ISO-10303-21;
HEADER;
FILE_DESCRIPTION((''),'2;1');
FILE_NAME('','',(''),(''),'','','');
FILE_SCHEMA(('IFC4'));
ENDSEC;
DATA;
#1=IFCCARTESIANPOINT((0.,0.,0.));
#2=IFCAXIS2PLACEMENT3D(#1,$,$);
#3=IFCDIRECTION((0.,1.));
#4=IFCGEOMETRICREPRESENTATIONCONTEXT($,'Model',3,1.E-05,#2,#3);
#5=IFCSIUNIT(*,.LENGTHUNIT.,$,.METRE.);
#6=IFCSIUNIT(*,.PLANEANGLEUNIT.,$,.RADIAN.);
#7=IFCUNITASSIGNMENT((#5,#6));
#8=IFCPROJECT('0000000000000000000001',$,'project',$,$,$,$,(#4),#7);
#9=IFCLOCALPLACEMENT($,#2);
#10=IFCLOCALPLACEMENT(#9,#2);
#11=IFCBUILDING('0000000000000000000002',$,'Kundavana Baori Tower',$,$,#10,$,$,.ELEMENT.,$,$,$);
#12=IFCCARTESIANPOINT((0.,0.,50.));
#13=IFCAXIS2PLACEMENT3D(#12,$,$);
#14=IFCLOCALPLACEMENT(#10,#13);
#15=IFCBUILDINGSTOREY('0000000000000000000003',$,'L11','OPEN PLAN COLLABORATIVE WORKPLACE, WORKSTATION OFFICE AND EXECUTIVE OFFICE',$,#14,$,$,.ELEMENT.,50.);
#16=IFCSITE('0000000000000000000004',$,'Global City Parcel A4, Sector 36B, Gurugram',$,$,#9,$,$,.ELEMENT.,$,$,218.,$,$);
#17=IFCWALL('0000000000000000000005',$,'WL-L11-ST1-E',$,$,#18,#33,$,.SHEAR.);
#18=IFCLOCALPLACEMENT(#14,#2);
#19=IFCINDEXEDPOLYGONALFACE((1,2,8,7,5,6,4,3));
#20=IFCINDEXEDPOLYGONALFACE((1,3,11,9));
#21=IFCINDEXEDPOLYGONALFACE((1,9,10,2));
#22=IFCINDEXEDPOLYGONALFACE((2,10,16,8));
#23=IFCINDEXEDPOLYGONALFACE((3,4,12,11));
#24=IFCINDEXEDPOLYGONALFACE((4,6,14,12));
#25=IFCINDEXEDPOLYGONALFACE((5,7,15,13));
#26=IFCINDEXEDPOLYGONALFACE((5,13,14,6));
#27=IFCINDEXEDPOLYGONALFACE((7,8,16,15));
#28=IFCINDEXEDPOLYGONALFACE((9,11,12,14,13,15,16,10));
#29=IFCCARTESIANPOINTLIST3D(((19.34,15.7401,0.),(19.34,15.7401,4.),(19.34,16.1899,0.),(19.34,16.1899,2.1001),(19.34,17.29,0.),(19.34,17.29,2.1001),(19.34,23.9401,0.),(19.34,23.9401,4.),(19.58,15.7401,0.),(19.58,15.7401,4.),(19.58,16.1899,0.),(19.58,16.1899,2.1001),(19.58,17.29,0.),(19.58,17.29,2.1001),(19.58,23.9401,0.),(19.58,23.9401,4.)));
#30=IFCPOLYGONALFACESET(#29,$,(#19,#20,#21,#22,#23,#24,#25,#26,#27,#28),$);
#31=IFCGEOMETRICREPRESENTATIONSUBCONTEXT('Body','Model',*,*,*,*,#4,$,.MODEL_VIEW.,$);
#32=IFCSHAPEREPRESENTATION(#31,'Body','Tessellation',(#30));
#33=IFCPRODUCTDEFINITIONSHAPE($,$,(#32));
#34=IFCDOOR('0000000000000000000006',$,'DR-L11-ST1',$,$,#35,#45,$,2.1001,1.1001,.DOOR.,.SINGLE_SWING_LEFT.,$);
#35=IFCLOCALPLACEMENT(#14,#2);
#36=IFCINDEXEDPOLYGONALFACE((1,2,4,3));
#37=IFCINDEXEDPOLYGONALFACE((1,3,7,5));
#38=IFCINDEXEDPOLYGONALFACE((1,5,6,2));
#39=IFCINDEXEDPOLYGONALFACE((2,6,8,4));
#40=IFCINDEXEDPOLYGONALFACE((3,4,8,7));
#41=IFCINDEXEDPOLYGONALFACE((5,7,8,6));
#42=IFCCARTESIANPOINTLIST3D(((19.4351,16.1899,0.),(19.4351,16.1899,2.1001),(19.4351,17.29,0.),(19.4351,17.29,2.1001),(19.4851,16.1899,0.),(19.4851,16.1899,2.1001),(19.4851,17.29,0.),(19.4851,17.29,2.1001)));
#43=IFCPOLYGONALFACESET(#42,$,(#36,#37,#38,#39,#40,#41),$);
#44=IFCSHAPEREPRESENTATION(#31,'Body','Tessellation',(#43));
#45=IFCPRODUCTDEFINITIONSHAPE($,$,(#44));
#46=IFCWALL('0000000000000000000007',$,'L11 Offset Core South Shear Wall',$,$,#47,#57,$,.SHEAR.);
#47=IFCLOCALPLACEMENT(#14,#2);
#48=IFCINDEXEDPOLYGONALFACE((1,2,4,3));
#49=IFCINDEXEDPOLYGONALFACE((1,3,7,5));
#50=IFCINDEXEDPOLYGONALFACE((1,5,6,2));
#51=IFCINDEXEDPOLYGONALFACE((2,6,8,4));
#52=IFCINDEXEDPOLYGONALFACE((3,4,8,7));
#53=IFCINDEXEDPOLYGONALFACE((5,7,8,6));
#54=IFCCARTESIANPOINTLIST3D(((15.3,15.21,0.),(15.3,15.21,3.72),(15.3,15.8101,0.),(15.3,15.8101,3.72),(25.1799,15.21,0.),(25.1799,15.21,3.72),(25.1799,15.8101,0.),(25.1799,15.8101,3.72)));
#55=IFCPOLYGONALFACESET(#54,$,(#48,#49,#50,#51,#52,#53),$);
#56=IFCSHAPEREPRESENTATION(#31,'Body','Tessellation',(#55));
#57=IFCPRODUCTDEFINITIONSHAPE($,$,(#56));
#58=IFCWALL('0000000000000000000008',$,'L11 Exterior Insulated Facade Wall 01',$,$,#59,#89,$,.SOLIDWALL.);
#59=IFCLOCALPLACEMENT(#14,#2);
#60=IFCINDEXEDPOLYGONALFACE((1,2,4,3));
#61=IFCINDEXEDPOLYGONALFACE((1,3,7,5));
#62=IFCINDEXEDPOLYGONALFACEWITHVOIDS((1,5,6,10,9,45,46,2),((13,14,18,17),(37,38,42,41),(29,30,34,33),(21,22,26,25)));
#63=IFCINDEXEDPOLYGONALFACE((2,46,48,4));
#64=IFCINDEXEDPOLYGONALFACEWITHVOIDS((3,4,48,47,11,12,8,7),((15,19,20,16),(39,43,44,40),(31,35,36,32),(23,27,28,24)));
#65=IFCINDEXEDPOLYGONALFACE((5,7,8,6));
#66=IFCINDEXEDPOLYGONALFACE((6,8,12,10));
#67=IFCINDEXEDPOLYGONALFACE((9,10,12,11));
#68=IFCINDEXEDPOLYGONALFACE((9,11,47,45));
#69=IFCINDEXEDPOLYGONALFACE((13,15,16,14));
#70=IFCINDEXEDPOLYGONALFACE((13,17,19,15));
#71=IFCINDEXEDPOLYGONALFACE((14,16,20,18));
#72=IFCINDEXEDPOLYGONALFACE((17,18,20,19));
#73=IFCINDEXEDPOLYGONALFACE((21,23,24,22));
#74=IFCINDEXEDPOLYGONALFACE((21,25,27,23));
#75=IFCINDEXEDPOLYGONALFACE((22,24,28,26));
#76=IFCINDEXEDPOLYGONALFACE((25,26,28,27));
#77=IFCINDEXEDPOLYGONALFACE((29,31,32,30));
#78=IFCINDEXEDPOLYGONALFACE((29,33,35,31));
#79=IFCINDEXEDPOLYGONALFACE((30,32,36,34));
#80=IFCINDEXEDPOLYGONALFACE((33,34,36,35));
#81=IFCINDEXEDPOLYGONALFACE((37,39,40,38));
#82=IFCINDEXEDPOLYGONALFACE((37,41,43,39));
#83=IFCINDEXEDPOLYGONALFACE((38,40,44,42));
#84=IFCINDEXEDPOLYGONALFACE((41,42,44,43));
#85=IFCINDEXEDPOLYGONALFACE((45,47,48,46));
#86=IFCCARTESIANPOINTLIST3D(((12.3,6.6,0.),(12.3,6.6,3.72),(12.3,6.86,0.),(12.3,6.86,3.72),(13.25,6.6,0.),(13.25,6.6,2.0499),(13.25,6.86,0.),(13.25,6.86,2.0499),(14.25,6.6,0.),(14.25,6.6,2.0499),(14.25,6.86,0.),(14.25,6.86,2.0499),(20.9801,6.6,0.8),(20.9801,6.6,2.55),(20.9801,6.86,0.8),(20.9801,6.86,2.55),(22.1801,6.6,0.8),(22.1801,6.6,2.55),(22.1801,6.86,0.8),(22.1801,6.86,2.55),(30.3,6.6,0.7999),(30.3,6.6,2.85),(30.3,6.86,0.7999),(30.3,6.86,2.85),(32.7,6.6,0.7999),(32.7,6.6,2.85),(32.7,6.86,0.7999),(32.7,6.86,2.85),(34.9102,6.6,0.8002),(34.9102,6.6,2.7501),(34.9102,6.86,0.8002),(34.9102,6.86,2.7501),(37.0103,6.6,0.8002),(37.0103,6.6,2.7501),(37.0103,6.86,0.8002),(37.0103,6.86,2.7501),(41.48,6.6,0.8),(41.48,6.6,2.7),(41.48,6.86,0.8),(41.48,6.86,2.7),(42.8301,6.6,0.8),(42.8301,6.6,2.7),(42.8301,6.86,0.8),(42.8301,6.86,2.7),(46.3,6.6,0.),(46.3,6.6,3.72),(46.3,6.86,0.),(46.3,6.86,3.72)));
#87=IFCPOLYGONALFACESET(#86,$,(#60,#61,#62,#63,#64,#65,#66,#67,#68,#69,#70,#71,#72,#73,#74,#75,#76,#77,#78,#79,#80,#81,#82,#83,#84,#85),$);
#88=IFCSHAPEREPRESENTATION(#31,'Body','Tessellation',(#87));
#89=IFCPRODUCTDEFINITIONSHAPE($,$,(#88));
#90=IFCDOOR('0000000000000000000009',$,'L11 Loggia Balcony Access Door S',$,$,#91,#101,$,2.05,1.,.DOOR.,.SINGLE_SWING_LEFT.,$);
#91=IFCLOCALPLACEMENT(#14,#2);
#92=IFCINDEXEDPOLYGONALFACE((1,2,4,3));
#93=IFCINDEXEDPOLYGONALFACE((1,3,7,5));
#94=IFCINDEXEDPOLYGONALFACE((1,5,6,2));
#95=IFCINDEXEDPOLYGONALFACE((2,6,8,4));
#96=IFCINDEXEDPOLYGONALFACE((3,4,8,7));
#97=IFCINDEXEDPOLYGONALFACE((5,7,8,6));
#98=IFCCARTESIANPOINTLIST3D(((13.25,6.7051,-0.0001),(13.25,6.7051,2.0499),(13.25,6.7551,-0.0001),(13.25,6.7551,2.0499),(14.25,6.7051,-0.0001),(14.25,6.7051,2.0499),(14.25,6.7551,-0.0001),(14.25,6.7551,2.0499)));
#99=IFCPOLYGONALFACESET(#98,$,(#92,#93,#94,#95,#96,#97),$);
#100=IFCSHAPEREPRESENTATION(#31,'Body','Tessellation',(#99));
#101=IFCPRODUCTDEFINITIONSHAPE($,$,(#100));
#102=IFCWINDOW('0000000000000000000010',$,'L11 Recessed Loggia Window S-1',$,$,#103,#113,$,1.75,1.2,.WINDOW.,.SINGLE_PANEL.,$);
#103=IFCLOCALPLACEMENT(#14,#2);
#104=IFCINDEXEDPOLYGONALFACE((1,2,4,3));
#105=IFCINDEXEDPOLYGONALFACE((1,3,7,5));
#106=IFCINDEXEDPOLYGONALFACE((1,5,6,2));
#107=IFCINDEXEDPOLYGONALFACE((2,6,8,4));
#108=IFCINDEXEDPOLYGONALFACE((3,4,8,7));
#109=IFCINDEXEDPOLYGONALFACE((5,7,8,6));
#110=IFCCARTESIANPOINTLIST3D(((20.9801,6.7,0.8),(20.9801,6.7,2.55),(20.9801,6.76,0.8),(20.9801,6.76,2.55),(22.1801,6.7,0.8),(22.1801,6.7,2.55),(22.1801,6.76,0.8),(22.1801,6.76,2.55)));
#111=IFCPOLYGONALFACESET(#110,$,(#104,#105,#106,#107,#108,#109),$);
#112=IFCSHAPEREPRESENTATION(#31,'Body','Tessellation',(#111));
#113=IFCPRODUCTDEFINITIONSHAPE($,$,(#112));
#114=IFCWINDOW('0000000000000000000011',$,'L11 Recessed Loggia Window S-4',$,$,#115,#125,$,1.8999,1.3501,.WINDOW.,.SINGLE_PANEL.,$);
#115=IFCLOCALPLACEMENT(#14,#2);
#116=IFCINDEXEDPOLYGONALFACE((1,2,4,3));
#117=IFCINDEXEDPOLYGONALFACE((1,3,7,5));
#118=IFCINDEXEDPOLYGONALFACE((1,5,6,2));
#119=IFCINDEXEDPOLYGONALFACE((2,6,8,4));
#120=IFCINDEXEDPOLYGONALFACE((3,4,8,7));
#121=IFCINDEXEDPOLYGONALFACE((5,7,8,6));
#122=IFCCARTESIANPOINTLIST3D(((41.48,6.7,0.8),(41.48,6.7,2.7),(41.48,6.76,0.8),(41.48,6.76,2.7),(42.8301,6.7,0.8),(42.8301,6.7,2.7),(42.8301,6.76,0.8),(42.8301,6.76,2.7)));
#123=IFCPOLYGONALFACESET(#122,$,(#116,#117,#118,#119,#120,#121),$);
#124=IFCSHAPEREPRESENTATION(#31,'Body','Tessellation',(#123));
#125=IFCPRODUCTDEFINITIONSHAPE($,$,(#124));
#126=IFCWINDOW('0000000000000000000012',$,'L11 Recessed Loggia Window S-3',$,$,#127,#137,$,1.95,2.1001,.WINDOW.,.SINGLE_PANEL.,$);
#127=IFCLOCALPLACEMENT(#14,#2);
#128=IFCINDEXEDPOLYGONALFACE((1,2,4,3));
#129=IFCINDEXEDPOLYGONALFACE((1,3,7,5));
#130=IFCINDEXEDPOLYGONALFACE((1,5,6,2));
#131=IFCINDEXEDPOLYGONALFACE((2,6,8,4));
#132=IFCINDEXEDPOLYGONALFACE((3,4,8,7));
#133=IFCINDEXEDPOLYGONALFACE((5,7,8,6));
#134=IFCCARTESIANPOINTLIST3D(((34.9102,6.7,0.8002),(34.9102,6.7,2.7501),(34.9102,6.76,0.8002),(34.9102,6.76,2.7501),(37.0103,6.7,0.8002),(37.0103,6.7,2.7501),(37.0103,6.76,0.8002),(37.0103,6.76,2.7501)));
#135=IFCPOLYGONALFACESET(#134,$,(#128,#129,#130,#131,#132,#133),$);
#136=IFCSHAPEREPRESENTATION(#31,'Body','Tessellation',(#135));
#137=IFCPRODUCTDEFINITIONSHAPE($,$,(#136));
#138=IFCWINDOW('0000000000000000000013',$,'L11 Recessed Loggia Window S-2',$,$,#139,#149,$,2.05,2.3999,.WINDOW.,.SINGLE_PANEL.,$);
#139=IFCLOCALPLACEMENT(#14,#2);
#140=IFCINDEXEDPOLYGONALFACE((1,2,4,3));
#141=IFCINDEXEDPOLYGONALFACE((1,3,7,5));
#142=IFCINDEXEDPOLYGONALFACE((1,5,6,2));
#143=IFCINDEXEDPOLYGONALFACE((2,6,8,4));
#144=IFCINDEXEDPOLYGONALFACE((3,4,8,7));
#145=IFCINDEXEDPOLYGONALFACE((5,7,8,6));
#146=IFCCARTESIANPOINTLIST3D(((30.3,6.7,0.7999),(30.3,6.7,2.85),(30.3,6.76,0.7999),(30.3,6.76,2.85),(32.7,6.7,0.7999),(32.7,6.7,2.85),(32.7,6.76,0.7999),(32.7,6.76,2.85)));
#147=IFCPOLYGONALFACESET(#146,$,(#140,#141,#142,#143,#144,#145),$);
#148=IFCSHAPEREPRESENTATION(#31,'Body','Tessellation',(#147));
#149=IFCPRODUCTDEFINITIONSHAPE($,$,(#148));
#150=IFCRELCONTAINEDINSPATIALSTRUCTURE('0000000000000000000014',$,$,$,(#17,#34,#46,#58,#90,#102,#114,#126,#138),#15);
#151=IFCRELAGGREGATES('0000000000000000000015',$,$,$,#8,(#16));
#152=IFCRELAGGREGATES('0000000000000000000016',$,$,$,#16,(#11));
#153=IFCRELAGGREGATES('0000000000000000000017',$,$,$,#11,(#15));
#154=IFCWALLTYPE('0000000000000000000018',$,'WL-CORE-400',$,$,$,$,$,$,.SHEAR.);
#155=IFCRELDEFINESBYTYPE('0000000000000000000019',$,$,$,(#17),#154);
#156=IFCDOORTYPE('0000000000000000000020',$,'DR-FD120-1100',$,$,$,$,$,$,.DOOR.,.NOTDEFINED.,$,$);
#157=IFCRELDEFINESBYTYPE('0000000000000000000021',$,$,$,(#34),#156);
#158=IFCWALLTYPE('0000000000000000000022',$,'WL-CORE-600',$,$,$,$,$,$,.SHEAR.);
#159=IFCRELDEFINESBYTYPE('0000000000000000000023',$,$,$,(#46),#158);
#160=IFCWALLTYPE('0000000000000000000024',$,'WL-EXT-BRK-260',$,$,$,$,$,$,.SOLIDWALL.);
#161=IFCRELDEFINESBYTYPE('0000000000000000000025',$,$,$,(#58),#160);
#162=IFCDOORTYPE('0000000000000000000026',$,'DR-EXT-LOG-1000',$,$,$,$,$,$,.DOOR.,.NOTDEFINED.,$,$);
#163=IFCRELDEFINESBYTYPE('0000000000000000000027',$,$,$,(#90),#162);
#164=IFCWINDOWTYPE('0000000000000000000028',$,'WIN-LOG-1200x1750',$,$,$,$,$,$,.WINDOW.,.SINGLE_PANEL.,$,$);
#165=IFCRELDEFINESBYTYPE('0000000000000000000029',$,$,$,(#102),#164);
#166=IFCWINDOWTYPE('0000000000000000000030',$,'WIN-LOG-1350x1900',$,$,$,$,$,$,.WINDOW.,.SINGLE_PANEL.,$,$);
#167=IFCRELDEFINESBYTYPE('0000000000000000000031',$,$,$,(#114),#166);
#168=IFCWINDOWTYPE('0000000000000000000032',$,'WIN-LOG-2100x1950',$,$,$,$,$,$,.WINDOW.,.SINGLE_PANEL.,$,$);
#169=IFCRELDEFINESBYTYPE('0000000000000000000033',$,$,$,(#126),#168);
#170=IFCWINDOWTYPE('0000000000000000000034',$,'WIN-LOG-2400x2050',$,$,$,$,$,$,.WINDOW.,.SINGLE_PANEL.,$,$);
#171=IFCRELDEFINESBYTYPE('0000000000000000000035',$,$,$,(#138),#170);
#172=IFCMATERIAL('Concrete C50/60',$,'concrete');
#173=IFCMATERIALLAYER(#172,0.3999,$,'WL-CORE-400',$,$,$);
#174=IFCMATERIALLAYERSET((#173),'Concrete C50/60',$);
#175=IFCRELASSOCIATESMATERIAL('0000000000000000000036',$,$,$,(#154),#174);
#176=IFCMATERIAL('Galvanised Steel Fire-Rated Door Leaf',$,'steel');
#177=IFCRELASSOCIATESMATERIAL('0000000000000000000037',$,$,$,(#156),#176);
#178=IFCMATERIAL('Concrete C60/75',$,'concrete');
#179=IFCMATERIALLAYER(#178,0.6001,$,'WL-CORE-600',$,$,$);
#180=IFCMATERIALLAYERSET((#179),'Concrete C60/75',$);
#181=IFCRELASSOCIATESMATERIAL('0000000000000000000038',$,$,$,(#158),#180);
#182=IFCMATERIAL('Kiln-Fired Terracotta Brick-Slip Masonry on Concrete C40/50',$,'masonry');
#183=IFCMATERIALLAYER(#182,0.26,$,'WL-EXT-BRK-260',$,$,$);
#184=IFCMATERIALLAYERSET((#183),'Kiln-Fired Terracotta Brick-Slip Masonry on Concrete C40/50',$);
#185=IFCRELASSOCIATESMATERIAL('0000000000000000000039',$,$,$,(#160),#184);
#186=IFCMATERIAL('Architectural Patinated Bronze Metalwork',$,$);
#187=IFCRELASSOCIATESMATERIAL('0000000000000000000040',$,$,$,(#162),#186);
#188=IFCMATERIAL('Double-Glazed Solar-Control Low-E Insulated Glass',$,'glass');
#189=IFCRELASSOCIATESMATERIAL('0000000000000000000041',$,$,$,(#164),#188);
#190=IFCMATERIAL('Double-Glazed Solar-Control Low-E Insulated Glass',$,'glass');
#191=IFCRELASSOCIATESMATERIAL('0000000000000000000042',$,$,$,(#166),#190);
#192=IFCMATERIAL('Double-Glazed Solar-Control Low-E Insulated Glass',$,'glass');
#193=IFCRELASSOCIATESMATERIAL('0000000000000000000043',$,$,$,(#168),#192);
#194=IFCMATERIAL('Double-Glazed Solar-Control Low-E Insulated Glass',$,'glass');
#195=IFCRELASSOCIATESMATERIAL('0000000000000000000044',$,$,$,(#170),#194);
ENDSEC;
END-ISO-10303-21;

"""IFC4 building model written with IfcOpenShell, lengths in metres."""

from ifc_helpers import new_model, si_unit, direction, frame, frame_2d, origin, place, context, subcontext, project, spatial, rectangle, extrude, material, layer, layer_set, type_object, element, fill, save


model = new_model("IFC4")

# Units and contexts
model_context = context("Model", 3, precision=1e-05, world=origin(), true_north=direction((0.0, 1.0)))
body_context = subcontext(model_context, "Body", "Model", "MODEL_VIEW")
ifc_project = project(units=[si_unit("LENGTHUNIT", "METRE"), si_unit("PLANEANGLEUNIT", "RADIAN")], contexts=[model_context])

# Site, building, storey
site_placement = place(None, origin())
site = spatial("IfcSite", under=ifc_project, at=site_placement, Name="Global City Parcel A4, Sector 36B, Gurugram", CompositionType="ELEMENT", RefElevation=218.0)
building_placement = place(site_placement, origin())
building = spatial("IfcBuilding", under=site, at=building_placement, Name="Kundavana Baori Tower", CompositionType="ELEMENT")
storey_placement = place(building_placement, frame((0.0, 0.0, 50.0)))
storey = spatial("IfcBuildingStorey", under=building, at=storey_placement, Name="L11", Description="OPEN PLAN COLLABORATIVE WORKPLACE, WORKSTATION OFFICE AND EXECUTIVE OFFICE", CompositionType="ELEMENT", Elevation=50.0)

# Wall, opening, door
ifc_material_1 = material(Name="Concrete C50/60", Category="concrete")
ifc_layer_1 = layer(ifc_material_1, 0.3999, Name="WL-CORE-400")
ifc_layer_set_1 = layer_set([ifc_layer_1], Name="Concrete C50/60")
wall_type_1 = type_object("IfcWallType", Name="WL-CORE-400", PredefinedType="SHEAR", material=ifc_layer_set_1)
wall_1_placement = place(storey_placement, frame((19.46, 15.74, 0.0), z_axis=(0.0, 0.0, 1.0), x_axis=(0.0, 1.0, 0.0)))
wall_1 = element("IfcWall", 1, at=wall_1_placement, inside=storey, type_object=wall_type_1, Name="WL-L11-ST1-E", PredefinedType="SHEAR", context=body_context, shape_type="SweptSolid", body=[
    extrude(rectangle(XDim=8.2, YDim=0.24, at=frame_2d((4.1001, 0.0))), origin(), (0.0, 0.0, 1.0), 4.0),
])
opening_1_placement = place(wall_1_placement, frame((0.45, 0.0, 0.0)))
opening_1 = element("IfcOpeningElement", 2, at=opening_1_placement, cuts=wall_1, PredefinedType="OPENING", context=body_context, shape_type="SweptSolid", body=[
    extrude(rectangle(XDim=1.1001, YDim=2.1001, at=frame_2d((0.55, 1.05))), frame((0.0, 0.1299, 0.0), z_axis=(0.0, -1.0, 0.0), x_axis=(1.0, 0.0, 0.0)), (0.0, 0.0, 1.0), 0.26),
])
ifc_material_2 = material(Name="Galvanised Steel Fire-Rated Door Leaf", Category="steel")
door_type_1 = type_object("IfcDoorType", Name="DR-FD120-1100", OperationType="NOTDEFINED", PredefinedType="DOOR", material=ifc_material_2)
door_1_placement = place(opening_1_placement, origin())
door_1 = element("IfcDoor", 3, at=door_1_placement, inside=storey, type_object=door_type_1, Name="DR-L11-ST1", OperationType="SINGLE_SWING_LEFT", OverallHeight=2.1001, OverallWidth=1.1001, PredefinedType="DOOR", context=body_context, shape_type="SweptSolid", body=[
    extrude(rectangle(XDim=1.1001, YDim=2.1001, at=frame_2d((0.55, 1.05))), frame((0.0, 0.0249, 0.0), z_axis=(0.0, -1.0, 0.0), x_axis=(1.0, 0.0, 0.0)), (0.0, 0.0, 1.0), 0.05),
])
fill(opening_1, door_1)

# Wall
ifc_material_3 = material(Name="Concrete C60/75", Category="concrete")
ifc_layer_2 = layer(ifc_material_3, 0.6001, Name="WL-CORE-600")
ifc_layer_set_2 = layer_set([ifc_layer_2], Name="Concrete C60/75")
wall_type_2 = type_object("IfcWallType", Name="WL-CORE-600", PredefinedType="SHEAR", material=ifc_layer_set_2)
wall_2_placement = place(storey_placement, frame((15.3, 15.51, 0.0), z_axis=(0.0, 0.0, 1.0), x_axis=(1.0, 0.0, 0.0)))
element("IfcWall", 4, at=wall_2_placement, inside=storey, type_object=wall_type_2, Name="L11 Offset Core South Shear Wall", PredefinedType="SHEAR", context=body_context, shape_type="SweptSolid", body=[
    extrude(rectangle(XDim=9.8799, YDim=0.6001, at=frame_2d((4.9399, 0.0))), origin(), (0.0, 0.0, 1.0), 3.72),
])

# Wall, openings, door, windows
ifc_material_4 = material(Name="Kiln-Fired Terracotta Brick-Slip Masonry on Concrete C40/50", Category="masonry")
ifc_layer_3 = layer(ifc_material_4, 0.26, Name="WL-EXT-BRK-260")
ifc_layer_set_3 = layer_set([ifc_layer_3], Name="Kiln-Fired Terracotta Brick-Slip Masonry on Concrete C40/50")
wall_type_3 = type_object("IfcWallType", Name="WL-EXT-BRK-260", PredefinedType="SOLIDWALL", material=ifc_layer_set_3)
wall_3_placement = place(storey_placement, frame((12.3, 6.73, 0.0), z_axis=(0.0, 0.0, 1.0), x_axis=(1.0, 0.0, 0.0)))
wall_3 = element("IfcWall", 5, at=wall_3_placement, inside=storey, type_object=wall_type_3, Name="L11 Exterior Insulated Facade Wall 01", PredefinedType="SOLIDWALL", context=body_context, shape_type="SweptSolid", body=[
    extrude(rectangle(XDim=34.0, YDim=0.26, at=frame_2d((17.0, 0.0))), origin(), (0.0, 0.0, 1.0), 3.72),
])
opening_2_placement = place(wall_3_placement, frame((0.95, 0.0, 0.0)))
opening_2 = element("IfcOpeningElement", 6, at=opening_2_placement, cuts=wall_3, PredefinedType="OPENING", context=body_context, shape_type="SweptSolid", body=[
    extrude(rectangle(XDim=1.0, YDim=2.05, at=frame_2d((0.5, 1.0249))), frame((0.0, 0.1401, 0.0), z_axis=(0.0, -1.0, 0.0), x_axis=(1.0, 0.0, 0.0)), (0.0, 0.0, 1.0), 0.28),
])
opening_3_placement = place(wall_3_placement, frame((8.6799, 0.0, 0.8)))
opening_3 = element("IfcOpeningElement", 7, at=opening_3_placement, cuts=wall_3, PredefinedType="OPENING", context=body_context, shape_type="SweptSolid", body=[
    extrude(rectangle(XDim=1.2, YDim=1.75, at=frame_2d((0.6001, 0.875))), frame((0.0, 0.1401, 0.0), z_axis=(0.0, -1.0, 0.0), x_axis=(1.0, 0.0, 0.0)), (0.0, 0.0, 1.0), 0.28),
])
opening_4_placement = place(wall_3_placement, frame((18.0, 0.0, 0.8)))
opening_4 = element("IfcOpeningElement", 8, at=opening_4_placement, cuts=wall_3, PredefinedType="OPENING", context=body_context, shape_type="SweptSolid", body=[
    extrude(rectangle(XDim=2.3999, YDim=2.05, at=frame_2d((1.2, 1.0249))), frame((0.0, 0.1401, 0.0), z_axis=(0.0, -1.0, 0.0), x_axis=(1.0, 0.0, 0.0)), (0.0, 0.0, 1.0), 0.28),
])
opening_5_placement = place(wall_3_placement, frame((22.6101, 0.0, 0.8)))
opening_5 = element("IfcOpeningElement", 9, at=opening_5_placement, cuts=wall_3, PredefinedType="OPENING", context=body_context, shape_type="SweptSolid", body=[
    extrude(rectangle(XDim=2.1001, YDim=1.95, at=frame_2d((1.05, 0.9751))), frame((0.0, 0.1401, 0.0), z_axis=(0.0, -1.0, 0.0), x_axis=(1.0, 0.0, 0.0)), (0.0, 0.0, 1.0), 0.28),
])
opening_6_placement = place(wall_3_placement, frame((29.1799, 0.0, 0.8)))
opening_6 = element("IfcOpeningElement", 10, at=opening_6_placement, cuts=wall_3, PredefinedType="OPENING", context=body_context, shape_type="SweptSolid", body=[
    extrude(rectangle(XDim=1.3501, YDim=1.8999, at=frame_2d((0.675, 0.95))), frame((0.0, 0.1401, 0.0), z_axis=(0.0, -1.0, 0.0), x_axis=(1.0, 0.0, 0.0)), (0.0, 0.0, 1.0), 0.28),
])
ifc_material_5 = material(Name="Architectural Patinated Bronze Metalwork")
door_type_2 = type_object("IfcDoorType", Name="DR-EXT-LOG-1000", OperationType="NOTDEFINED", PredefinedType="DOOR", material=ifc_material_5)
door_2_placement = place(opening_2_placement, frame((1.0, 0.0, 0.0), z_axis=(0.0, 0.0, 1.0), x_axis=(-1.0, 0.0, 0.0)))
door_2 = element("IfcDoor", 11, at=door_2_placement, inside=storey, type_object=door_type_2, Name="L11 Loggia Balcony Access Door S", OperationType="SINGLE_SWING_LEFT", OverallHeight=2.05, OverallWidth=1.0, PredefinedType="DOOR", context=body_context, shape_type="SweptSolid", body=[
    extrude(rectangle(XDim=1.0, YDim=2.05, at=frame_2d((0.5, 1.0249))), frame((0.0, 0.0249, 0.0), z_axis=(0.0, -1.0, 0.0), x_axis=(1.0, 0.0, 0.0)), (0.0, 0.0, 1.0), 0.05),
])
fill(opening_2, door_2)
ifc_material_6 = material(Name="Double-Glazed Solar-Control Low-E Insulated Glass", Category="glass")
window_type_1 = type_object("IfcWindowType", Name="WIN-LOG-1200x1750", PartitioningType="SINGLE_PANEL", PredefinedType="WINDOW", material=ifc_material_6)
window_1_placement = place(opening_3_placement, origin())
window_1 = element("IfcWindow", 12, at=window_1_placement, inside=storey, type_object=window_type_1, Name="L11 Recessed Loggia Window S-1", OverallHeight=1.75, OverallWidth=1.2, PartitioningType="SINGLE_PANEL", PredefinedType="WINDOW", context=body_context, shape_type="SweptSolid", body=[
    extrude(rectangle(XDim=1.2, YDim=1.75, at=frame_2d((0.6001, 0.875))), frame((0.0, 0.03, 0.0), z_axis=(0.0, -1.0, 0.0), x_axis=(1.0, 0.0, 0.0)), (0.0, 0.0, 1.0), 0.0601),
])
fill(opening_3, window_1)
ifc_material_7 = material(Name="Double-Glazed Solar-Control Low-E Insulated Glass", Category="glass")
window_type_2 = type_object("IfcWindowType", Name="WIN-LOG-1350x1900", PartitioningType="SINGLE_PANEL", PredefinedType="WINDOW", material=ifc_material_7)
window_2_placement = place(opening_6_placement, origin())
window_2 = element("IfcWindow", 13, at=window_2_placement, inside=storey, type_object=window_type_2, Name="L11 Recessed Loggia Window S-4", OverallHeight=1.8999, OverallWidth=1.3501, PartitioningType="SINGLE_PANEL", PredefinedType="WINDOW", context=body_context, shape_type="SweptSolid", body=[
    extrude(rectangle(XDim=1.3501, YDim=1.8999, at=frame_2d((0.675, 0.95))), frame((0.0, 0.03, 0.0), z_axis=(0.0, -1.0, 0.0), x_axis=(1.0, 0.0, 0.0)), (0.0, 0.0, 1.0), 0.0601),
])
fill(opening_6, window_2)
ifc_material_8 = material(Name="Double-Glazed Solar-Control Low-E Insulated Glass", Category="glass")
window_type_3 = type_object("IfcWindowType", Name="WIN-LOG-2100x1950", PartitioningType="SINGLE_PANEL", PredefinedType="WINDOW", material=ifc_material_8)
window_3_placement = place(opening_5_placement, origin())
window_3 = element("IfcWindow", 14, at=window_3_placement, inside=storey, type_object=window_type_3, Name="L11 Recessed Loggia Window S-3", OverallHeight=1.95, OverallWidth=2.1001, PartitioningType="SINGLE_PANEL", PredefinedType="WINDOW", context=body_context, shape_type="SweptSolid", body=[
    extrude(rectangle(XDim=2.1001, YDim=1.95, at=frame_2d((1.05, 0.9751))), frame((0.0, 0.03, 0.0), z_axis=(0.0, -1.0, 0.0), x_axis=(1.0, 0.0, 0.0)), (0.0, 0.0, 1.0), 0.0601),
])
fill(opening_5, window_3)
ifc_material_9 = material(Name="Double-Glazed Solar-Control Low-E Insulated Glass", Category="glass")
window_type_4 = type_object("IfcWindowType", Name="WIN-LOG-2400x2050", PartitioningType="SINGLE_PANEL", PredefinedType="WINDOW", material=ifc_material_9)
window_4_placement = place(opening_4_placement, origin())
window_4 = element("IfcWindow", 15, at=window_4_placement, inside=storey, type_object=window_type_4, Name="L11 Recessed Loggia Window S-2", OverallHeight=2.05, OverallWidth=2.3999, PartitioningType="SINGLE_PANEL", PredefinedType="WINDOW", context=body_context, shape_type="SweptSolid", body=[
    extrude(rectangle(XDim=2.3999, YDim=2.05, at=frame_2d((1.2, 1.0249))), frame((0.0, 0.03, 0.0), z_axis=(0.0, -1.0, 0.0), x_axis=(1.0, 0.0, 0.0)), (0.0, 0.0, 1.0), 0.0601),
])
fill(opening_4, window_4)

save(model, "model.ifc")
